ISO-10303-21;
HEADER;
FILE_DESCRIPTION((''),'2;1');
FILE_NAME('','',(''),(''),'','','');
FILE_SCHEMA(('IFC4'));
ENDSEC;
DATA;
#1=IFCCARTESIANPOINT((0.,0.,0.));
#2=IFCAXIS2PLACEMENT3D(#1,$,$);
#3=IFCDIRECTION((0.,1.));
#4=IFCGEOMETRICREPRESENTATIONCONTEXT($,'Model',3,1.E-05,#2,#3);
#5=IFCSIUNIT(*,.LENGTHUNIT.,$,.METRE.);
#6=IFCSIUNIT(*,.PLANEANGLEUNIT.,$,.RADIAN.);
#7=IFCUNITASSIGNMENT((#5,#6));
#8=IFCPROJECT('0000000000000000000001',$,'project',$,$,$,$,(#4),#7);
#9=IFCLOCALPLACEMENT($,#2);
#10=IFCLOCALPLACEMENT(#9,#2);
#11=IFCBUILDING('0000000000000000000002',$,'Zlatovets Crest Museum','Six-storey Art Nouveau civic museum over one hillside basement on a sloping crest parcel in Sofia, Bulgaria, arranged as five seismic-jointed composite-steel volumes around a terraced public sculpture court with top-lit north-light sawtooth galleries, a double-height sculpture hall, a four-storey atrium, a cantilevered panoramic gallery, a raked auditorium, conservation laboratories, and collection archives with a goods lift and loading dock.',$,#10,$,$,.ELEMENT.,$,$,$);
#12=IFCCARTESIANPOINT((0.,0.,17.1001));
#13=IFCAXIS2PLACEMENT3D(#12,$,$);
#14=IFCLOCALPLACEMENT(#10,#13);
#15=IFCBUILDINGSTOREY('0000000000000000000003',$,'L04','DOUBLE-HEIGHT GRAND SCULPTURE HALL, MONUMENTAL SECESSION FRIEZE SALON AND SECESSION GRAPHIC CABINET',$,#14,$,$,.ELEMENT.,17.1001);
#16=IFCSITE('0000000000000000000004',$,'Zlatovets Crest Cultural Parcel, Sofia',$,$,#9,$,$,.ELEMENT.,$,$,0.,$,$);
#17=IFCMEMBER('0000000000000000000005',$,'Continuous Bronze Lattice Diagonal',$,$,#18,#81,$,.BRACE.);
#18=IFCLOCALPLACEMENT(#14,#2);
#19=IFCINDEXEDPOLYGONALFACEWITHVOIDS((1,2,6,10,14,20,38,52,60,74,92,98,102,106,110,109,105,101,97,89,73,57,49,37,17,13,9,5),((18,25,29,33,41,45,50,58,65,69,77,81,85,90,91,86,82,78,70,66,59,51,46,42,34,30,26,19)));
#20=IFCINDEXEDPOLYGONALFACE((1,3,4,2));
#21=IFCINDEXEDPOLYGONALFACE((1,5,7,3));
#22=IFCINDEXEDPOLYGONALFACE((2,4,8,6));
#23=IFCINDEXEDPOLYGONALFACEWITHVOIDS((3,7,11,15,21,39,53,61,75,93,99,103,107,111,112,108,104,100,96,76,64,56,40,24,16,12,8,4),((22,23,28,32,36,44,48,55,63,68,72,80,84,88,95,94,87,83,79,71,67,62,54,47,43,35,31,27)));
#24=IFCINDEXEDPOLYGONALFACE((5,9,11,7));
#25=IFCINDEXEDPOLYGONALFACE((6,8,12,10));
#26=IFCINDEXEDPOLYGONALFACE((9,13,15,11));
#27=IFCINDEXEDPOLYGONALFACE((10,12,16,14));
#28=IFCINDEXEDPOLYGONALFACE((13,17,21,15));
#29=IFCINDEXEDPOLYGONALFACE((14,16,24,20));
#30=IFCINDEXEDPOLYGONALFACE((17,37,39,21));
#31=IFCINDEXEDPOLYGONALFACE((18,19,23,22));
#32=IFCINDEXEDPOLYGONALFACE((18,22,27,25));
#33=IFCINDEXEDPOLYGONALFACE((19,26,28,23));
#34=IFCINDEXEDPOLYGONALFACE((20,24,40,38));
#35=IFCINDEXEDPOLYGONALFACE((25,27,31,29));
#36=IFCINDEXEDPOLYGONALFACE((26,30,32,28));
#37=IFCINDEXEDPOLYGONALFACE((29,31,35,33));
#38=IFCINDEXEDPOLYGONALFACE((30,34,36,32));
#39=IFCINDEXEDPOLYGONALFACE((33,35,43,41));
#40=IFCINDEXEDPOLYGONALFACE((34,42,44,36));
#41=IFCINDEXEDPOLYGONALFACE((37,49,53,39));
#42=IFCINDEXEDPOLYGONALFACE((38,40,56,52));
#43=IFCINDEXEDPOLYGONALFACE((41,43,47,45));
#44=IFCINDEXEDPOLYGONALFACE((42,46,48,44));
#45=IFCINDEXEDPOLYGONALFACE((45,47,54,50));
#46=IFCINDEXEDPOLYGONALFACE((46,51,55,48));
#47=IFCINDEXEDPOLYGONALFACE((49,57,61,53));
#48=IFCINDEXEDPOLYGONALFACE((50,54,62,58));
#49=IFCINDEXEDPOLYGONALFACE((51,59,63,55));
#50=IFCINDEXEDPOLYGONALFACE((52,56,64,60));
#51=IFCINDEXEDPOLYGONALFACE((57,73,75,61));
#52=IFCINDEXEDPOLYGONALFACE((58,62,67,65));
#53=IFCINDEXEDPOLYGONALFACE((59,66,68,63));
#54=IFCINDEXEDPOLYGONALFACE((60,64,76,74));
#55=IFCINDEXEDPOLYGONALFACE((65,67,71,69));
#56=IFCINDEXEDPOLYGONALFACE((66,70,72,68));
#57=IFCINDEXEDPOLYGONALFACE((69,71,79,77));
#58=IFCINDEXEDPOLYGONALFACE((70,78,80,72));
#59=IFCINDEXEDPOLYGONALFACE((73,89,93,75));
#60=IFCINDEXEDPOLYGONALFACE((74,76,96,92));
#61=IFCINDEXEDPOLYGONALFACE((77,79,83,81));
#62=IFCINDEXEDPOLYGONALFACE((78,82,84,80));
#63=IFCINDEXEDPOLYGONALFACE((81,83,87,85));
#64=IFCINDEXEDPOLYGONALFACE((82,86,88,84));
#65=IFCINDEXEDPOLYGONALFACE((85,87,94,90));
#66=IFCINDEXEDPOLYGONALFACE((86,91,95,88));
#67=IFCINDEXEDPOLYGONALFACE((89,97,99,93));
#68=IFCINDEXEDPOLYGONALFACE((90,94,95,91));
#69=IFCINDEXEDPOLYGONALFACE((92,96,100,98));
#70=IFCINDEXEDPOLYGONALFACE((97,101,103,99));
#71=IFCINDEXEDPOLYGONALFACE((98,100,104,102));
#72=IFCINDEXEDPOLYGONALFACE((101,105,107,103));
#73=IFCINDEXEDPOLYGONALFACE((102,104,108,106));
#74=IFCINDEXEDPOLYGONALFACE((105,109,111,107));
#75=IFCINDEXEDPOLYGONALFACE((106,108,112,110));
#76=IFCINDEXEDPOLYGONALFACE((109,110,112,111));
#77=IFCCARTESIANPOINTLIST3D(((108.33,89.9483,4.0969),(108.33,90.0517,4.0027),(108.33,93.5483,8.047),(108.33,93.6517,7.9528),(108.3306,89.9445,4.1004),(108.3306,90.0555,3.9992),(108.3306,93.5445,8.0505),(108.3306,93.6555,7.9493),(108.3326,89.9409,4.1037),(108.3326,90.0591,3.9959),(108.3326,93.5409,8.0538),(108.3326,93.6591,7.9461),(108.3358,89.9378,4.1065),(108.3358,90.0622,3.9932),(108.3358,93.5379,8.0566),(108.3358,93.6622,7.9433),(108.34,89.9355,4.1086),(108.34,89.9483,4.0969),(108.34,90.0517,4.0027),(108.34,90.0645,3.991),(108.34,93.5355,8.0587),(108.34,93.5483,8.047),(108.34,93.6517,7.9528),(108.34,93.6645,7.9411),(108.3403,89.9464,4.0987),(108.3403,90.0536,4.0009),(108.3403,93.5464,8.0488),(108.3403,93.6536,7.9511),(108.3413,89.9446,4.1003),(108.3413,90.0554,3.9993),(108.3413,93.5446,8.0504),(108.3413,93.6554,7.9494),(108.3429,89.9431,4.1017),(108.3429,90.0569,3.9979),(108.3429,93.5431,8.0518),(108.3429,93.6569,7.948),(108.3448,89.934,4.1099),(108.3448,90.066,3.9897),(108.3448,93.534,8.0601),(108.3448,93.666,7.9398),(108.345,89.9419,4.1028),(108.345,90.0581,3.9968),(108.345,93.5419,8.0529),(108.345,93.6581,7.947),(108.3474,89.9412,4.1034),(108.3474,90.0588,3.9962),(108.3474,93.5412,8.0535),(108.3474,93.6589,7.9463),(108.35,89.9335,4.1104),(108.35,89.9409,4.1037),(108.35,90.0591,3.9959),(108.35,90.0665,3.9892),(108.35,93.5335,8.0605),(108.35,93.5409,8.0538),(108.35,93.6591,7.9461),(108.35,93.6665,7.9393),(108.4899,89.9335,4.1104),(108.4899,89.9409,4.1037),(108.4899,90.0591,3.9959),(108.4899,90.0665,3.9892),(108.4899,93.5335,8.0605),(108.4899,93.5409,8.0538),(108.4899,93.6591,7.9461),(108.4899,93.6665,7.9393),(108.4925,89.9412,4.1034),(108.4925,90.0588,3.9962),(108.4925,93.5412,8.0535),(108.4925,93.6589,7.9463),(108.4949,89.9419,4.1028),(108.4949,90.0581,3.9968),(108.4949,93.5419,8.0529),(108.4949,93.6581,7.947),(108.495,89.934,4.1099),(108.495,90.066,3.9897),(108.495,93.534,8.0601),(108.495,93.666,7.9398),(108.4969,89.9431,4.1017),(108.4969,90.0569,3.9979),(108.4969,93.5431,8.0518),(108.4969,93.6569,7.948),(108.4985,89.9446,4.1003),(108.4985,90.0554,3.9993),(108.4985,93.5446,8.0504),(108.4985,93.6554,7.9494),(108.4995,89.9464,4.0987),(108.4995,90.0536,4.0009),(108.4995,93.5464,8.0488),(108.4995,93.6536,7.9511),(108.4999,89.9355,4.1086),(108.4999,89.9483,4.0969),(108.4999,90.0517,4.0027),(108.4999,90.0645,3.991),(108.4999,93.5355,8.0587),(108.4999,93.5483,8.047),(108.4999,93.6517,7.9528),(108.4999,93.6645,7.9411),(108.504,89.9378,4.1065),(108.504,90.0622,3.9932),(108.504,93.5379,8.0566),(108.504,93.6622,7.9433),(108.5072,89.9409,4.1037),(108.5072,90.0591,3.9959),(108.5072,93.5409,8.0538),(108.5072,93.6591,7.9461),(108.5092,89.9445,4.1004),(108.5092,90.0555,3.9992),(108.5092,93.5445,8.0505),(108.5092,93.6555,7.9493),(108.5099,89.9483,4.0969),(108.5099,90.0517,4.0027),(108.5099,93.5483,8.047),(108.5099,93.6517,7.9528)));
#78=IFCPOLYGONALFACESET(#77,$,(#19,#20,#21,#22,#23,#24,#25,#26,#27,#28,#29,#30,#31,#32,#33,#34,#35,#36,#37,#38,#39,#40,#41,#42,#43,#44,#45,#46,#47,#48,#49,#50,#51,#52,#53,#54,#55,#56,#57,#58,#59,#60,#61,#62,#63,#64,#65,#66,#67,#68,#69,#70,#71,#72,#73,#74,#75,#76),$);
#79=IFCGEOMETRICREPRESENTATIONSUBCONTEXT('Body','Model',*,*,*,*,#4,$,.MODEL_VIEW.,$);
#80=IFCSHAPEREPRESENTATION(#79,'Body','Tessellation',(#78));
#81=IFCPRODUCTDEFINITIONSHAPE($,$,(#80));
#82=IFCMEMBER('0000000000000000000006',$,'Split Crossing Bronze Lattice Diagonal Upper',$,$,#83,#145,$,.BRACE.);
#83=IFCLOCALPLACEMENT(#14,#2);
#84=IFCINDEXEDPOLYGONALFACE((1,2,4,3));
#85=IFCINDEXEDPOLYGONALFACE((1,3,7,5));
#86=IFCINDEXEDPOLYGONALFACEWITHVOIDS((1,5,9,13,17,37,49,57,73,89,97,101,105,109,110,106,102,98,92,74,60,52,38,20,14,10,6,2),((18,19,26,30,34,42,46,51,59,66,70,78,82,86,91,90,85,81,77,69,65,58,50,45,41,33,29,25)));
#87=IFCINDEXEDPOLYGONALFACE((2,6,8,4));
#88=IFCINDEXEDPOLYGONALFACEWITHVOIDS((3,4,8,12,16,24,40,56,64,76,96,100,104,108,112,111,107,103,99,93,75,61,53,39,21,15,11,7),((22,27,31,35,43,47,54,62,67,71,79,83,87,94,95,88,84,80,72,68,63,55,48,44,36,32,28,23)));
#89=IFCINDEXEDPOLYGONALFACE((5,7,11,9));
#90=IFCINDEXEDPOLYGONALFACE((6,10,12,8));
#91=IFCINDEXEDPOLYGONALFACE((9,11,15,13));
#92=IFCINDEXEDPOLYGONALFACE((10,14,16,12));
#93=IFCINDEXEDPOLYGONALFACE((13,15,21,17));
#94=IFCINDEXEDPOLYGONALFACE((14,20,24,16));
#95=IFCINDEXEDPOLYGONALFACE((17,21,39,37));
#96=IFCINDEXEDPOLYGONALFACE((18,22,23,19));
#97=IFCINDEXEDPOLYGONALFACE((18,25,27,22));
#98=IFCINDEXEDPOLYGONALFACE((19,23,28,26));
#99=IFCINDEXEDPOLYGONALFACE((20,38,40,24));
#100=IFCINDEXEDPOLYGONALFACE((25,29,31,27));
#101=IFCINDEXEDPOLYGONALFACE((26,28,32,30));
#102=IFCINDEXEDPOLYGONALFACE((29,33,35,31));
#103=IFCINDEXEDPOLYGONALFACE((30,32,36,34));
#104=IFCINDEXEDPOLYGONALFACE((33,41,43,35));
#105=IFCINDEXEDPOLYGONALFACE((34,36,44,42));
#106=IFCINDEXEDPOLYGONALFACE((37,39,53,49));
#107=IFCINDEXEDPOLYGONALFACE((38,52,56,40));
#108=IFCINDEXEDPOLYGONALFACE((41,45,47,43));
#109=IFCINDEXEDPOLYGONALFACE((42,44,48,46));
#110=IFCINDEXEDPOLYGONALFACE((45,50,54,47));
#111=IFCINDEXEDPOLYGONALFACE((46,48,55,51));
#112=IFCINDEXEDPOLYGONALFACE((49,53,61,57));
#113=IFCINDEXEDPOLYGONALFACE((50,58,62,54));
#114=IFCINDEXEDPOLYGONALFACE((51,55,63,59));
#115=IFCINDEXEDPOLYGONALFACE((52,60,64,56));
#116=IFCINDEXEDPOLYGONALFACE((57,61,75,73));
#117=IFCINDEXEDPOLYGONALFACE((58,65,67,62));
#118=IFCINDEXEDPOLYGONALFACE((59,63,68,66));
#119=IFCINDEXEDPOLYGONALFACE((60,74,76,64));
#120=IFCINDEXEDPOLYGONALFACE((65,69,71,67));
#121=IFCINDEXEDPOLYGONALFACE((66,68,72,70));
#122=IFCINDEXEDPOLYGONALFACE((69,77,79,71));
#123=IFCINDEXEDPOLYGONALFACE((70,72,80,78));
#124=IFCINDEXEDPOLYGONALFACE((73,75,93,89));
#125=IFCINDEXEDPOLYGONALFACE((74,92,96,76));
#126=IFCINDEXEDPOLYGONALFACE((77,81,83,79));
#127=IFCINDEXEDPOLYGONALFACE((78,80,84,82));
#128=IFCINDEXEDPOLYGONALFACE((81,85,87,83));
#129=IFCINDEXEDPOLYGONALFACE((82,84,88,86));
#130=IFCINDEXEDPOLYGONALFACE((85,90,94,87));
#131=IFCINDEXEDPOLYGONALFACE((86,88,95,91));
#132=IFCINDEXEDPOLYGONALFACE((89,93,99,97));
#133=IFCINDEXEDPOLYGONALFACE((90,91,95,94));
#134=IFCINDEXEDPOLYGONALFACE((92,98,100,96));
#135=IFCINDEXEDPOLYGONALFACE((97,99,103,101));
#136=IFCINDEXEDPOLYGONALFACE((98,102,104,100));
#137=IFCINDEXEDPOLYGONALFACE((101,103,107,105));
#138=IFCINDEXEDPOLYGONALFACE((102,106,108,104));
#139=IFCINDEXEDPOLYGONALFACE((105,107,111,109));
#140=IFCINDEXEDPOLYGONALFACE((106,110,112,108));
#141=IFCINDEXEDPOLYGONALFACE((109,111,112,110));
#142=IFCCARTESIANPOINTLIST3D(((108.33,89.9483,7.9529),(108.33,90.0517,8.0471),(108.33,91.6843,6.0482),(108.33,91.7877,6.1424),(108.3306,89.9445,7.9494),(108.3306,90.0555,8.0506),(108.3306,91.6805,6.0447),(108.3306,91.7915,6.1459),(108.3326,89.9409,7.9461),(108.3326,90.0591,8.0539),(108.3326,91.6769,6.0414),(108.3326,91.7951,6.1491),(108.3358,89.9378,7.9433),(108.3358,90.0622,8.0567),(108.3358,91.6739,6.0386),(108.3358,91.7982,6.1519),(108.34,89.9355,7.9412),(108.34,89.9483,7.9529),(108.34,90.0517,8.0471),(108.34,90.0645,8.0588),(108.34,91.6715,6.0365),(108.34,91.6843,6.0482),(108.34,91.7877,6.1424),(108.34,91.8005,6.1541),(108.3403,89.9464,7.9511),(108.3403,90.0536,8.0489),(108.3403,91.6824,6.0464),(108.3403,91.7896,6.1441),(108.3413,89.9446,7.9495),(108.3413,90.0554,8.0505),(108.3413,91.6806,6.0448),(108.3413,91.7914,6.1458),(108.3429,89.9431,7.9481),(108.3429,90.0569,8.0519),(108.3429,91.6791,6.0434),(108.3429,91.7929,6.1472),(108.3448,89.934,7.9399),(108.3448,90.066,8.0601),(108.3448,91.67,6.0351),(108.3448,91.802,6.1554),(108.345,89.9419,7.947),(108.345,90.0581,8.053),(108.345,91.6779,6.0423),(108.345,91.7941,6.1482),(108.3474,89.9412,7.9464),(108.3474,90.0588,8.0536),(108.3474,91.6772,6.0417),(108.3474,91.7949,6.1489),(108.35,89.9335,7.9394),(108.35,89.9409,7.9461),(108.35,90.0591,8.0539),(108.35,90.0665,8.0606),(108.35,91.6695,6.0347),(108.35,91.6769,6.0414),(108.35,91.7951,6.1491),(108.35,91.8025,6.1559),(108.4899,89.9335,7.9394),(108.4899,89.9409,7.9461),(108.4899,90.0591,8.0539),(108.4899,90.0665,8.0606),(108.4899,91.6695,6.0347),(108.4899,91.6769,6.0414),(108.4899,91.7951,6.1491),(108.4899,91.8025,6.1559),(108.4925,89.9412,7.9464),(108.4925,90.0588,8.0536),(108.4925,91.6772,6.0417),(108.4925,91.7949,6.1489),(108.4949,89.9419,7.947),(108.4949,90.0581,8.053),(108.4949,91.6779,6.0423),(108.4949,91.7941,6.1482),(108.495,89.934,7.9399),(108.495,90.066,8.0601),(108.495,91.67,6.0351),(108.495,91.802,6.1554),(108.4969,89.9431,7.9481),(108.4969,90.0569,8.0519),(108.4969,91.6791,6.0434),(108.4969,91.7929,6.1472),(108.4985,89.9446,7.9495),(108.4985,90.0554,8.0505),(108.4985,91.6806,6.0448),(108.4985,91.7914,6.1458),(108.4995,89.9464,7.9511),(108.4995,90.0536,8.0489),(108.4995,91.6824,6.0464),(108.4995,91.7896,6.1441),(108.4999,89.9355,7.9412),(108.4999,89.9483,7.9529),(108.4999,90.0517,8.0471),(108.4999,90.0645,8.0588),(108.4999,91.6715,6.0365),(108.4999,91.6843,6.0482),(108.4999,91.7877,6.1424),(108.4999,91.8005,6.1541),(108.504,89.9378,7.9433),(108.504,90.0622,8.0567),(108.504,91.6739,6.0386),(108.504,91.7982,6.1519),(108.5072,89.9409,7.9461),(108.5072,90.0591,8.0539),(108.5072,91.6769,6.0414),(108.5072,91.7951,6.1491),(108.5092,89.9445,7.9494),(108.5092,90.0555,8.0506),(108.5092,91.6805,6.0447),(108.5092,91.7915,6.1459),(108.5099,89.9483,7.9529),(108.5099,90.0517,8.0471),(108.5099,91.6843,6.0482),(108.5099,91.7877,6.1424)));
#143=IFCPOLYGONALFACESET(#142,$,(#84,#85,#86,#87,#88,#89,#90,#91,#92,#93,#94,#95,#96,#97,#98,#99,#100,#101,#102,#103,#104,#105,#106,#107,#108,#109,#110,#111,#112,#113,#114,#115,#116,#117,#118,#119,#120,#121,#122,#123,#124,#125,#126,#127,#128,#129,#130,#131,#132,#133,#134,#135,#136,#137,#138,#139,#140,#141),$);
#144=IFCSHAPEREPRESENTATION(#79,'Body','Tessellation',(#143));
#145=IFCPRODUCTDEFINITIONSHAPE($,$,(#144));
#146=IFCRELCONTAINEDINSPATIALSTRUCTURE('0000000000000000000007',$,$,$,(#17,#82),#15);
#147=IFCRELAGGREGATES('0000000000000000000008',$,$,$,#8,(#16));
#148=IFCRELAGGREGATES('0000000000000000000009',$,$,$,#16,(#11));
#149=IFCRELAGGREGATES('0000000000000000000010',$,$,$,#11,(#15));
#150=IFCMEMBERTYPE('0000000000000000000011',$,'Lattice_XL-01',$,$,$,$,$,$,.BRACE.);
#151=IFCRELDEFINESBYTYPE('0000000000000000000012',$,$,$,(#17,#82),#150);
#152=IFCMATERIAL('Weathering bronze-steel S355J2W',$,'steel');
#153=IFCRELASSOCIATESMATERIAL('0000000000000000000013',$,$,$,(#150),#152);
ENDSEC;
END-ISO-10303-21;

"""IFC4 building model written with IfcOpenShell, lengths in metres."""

from ifc_helpers import new_model, si_unit, direction, frame, origin, origin_2d, place, context, subcontext, project, spatial, hollow_rectangle, extrude, material, material_profile, profile_set, type_object, element, save


model = new_model("IFC4")

# Units and contexts
model_context = context("Model", 3, precision=1e-05, world=origin(), true_north=direction((0.0, 1.0)))
body_context = subcontext(model_context, "Body", "Model", "MODEL_VIEW")
ifc_project = project(units=[si_unit("LENGTHUNIT", "METRE"), si_unit("PLANEANGLEUNIT", "RADIAN")], contexts=[model_context])

# Site, building, storey
site_placement = place(None, origin())
site = spatial("IfcSite", under=ifc_project, at=site_placement, Name="Zlatovets Crest Cultural Parcel, Sofia", CompositionType="ELEMENT", RefElevation=0.0)
building_placement = place(site_placement, origin())
building = spatial("IfcBuilding", under=site, at=building_placement, Name="Zlatovets Crest Museum", Description="Six-storey Art Nouveau civic museum over one hillside basement on a sloping crest parcel in Sofia, Bulgaria, arranged as five seismic-jointed composite-steel volumes around a terraced public sculpture court with top-lit north-light sawtooth galleries, a double-height sculpture hall, a four-storey atrium, a cantilevered panoramic gallery, a raked auditorium, conservation laboratories, and collection archives with a goods lift and loading dock.", CompositionType="ELEMENT")
storey_placement = place(building_placement, frame((0.0, 0.0, 17.1001)))
storey = spatial("IfcBuildingStorey", under=building, at=storey_placement, Name="L04", Description="DOUBLE-HEIGHT GRAND SCULPTURE HALL, MONUMENTAL SECESSION FRIEZE SALON AND SECESSION GRAPHIC CABINET", CompositionType="ELEMENT", Elevation=17.1001)

# Members
ifc_material_1 = material(Name="Weathering bronze-steel S355J2W", Category="steel")
ifc_material_profile_1 = material_profile(ifc_material_1, hollow_rectangle(XDim=0.1799, YDim=0.1799, WallThickness=0.01, InnerFilletRadius=0.01, OuterFilletRadius=0.02, at=origin_2d()), Name="SHS 180x180x10.0")
ifc_profile_set_1 = profile_set([ifc_material_profile_1], Name="Weathering bronze-steel S355J2W")
member_type_1 = type_object("IfcMemberType", Name="Lattice_XL-01", PredefinedType="BRACE", material=ifc_profile_set_1)
member_1_placement = place(storey_placement, frame((108.4199, 90.0, 4.0498), z_axis=(0.0, 0.673595, 0.7391), x_axis=(-1.0, 0.0, 0.0)))
element("IfcMember", 1, at=member_1_placement, inside=storey, type_object=member_type_1, Name="Continuous Bronze Lattice Diagonal", PredefinedType="BRACE", context=body_context, shape_type="SweptSolid", body=[
    extrude(hollow_rectangle(XDim=0.1799, YDim=0.1799, WallThickness=0.01, InnerFilletRadius=0.01, OuterFilletRadius=0.02, at=origin_2d()), origin(), (0.0, 0.0, 1.0), 5.3445),
])
for number, where, z_axis, x_axis, name in (
    (2, (108.4199, 90.0, 8.0), (0.0, 0.67362, -0.739078), (-1.0, 0.0, 0.0), "Split Crossing Bronze Lattice Diagonal Upper"),
):
    element("IfcMember", number, at=place(storey_placement, frame(where, z_axis=z_axis, x_axis=x_axis)), inside=storey, type_object=member_type_1, Name=name, PredefinedType="BRACE", context=body_context, shape_type="SweptSolid", body=[
        extrude(hollow_rectangle(XDim=0.1799, YDim=0.1799, WallThickness=0.01, InnerFilletRadius=0.01, OuterFilletRadius=0.02, at=origin_2d()), origin(), (0.0, 0.0, 1.0), 2.5771),
    ])

save(model, "model.ifc")
